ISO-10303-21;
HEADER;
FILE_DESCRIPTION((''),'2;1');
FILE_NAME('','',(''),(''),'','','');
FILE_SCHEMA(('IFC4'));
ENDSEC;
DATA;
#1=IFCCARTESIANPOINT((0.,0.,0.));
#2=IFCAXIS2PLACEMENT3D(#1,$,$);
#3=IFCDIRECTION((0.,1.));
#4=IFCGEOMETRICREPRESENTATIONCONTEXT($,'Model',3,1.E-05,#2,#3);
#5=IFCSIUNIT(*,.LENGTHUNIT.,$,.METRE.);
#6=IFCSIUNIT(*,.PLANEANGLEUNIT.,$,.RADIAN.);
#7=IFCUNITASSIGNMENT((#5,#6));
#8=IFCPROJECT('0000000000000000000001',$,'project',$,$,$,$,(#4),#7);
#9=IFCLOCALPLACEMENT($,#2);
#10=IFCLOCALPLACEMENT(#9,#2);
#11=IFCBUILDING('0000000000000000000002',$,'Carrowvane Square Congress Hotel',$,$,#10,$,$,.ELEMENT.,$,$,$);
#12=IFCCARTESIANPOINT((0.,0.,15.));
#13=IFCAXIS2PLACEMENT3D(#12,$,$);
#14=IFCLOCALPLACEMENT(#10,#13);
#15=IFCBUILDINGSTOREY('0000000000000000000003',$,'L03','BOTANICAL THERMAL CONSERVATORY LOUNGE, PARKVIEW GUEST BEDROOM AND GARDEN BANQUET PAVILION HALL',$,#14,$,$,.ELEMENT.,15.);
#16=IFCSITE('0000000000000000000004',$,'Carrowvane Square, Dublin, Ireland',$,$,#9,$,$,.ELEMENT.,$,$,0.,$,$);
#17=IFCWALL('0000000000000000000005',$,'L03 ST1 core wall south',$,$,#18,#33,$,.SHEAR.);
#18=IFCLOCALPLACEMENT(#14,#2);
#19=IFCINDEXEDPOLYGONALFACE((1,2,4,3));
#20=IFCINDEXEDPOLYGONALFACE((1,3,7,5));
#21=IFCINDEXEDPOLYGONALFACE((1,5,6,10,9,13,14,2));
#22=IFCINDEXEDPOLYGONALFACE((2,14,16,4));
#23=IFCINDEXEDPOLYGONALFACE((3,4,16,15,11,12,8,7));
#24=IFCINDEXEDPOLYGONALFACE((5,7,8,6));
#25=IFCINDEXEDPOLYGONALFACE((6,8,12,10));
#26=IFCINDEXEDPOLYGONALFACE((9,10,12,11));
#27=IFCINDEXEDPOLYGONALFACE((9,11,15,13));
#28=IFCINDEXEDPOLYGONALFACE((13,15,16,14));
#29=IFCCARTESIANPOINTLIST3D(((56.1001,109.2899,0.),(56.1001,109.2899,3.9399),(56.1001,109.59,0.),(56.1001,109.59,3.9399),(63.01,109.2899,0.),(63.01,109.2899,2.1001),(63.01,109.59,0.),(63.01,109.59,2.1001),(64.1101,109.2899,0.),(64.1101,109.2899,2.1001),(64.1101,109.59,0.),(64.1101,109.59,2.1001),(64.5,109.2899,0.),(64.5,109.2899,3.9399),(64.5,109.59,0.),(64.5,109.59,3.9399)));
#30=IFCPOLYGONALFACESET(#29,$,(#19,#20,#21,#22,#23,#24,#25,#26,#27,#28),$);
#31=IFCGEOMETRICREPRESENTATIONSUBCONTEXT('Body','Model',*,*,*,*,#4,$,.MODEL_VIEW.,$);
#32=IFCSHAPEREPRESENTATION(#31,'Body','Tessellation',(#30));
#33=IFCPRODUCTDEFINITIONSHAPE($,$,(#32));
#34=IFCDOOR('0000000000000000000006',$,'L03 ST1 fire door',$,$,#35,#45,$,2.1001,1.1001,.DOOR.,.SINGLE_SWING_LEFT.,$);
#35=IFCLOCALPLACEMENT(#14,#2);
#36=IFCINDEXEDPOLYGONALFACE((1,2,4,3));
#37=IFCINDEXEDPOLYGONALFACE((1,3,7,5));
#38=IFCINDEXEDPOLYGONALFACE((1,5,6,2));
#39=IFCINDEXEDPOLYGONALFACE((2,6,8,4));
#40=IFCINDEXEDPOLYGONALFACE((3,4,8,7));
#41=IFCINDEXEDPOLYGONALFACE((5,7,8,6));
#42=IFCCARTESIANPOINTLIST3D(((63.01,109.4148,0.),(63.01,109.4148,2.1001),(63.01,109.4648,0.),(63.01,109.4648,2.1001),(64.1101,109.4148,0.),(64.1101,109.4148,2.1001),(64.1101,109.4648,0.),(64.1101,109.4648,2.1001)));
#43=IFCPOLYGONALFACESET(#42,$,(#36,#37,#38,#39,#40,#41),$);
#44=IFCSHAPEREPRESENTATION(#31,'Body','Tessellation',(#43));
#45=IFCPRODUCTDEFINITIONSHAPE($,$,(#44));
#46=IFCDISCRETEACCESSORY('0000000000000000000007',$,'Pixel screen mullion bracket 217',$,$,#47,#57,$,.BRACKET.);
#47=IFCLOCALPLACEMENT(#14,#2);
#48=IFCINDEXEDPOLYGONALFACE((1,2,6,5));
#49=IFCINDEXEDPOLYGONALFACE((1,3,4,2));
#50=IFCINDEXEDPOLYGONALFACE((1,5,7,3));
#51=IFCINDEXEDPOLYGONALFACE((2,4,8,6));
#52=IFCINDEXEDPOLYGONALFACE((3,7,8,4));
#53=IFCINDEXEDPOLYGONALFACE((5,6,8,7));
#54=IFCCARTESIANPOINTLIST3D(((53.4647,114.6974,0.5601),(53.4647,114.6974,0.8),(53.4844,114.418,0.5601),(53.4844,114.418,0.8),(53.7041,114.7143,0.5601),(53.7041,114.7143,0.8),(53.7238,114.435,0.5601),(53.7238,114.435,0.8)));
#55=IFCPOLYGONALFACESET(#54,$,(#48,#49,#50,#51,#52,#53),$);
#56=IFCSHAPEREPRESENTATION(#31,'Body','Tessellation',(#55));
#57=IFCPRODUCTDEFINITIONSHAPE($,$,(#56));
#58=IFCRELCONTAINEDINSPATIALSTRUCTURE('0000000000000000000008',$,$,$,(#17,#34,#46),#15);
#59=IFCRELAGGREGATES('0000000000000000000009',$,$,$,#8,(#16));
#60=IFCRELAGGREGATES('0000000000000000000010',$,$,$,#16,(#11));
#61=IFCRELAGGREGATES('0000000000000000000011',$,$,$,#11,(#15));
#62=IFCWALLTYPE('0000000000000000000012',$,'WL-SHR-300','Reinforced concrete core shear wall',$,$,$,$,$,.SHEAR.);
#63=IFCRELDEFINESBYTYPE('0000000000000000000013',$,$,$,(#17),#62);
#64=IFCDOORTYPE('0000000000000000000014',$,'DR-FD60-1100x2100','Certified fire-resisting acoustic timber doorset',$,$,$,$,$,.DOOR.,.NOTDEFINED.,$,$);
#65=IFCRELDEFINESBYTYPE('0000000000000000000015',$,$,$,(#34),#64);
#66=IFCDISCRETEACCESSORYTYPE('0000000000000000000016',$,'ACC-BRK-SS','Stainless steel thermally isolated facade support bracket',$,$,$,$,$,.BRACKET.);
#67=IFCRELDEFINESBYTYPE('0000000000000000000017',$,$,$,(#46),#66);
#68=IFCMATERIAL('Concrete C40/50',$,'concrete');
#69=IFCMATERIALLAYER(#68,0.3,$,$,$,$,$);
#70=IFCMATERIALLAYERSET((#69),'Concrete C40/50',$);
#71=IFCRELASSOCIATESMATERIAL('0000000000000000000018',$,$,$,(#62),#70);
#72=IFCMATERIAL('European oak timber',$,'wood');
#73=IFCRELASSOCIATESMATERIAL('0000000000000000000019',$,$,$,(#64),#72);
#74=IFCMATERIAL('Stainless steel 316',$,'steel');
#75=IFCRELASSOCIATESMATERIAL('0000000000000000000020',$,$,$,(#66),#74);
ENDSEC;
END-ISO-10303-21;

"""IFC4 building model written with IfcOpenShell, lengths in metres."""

from ifc_helpers import new_model, si_unit, direction, frame, frame_2d, origin, origin_2d, place, context, subcontext, project, spatial, rectangle, extrude, material, layer, layer_set, type_object, element, fill, save


model = new_model("IFC4")

# Units and contexts
model_context = context("Model", 3, precision=1e-05, world=origin(), true_north=direction((0.0, 1.0)))
body_context = subcontext(model_context, "Body", "Model", "MODEL_VIEW")
ifc_project = project(units=[si_unit("LENGTHUNIT", "METRE"), si_unit("PLANEANGLEUNIT", "RADIAN")], contexts=[model_context])

# Site, building, storey
site_placement = place(None, origin())
site = spatial("IfcSite", under=ifc_project, at=site_placement, Name="Carrowvane Square, Dublin, Ireland", CompositionType="ELEMENT", RefElevation=0.0)
building_placement = place(site_placement, origin())
building = spatial("IfcBuilding", under=site, at=building_placement, Name="Carrowvane Square Congress Hotel", CompositionType="ELEMENT")
storey_placement = place(building_placement, frame((0.0, 0.0, 15.0)))
storey = spatial("IfcBuildingStorey", under=building, at=storey_placement, Name="L03", Description="BOTANICAL THERMAL CONSERVATORY LOUNGE, PARKVIEW GUEST BEDROOM AND GARDEN BANQUET PAVILION HALL", CompositionType="ELEMENT", Elevation=15.0)

# Wall, opening, door
ifc_material_1 = material(Name="Concrete C40/50", Category="concrete")
ifc_layer_1 = layer(ifc_material_1, 0.3)
ifc_layer_set_1 = layer_set([ifc_layer_1], Name="Concrete C40/50")
wall_type_1 = type_object("IfcWallType", Name="WL-SHR-300", Description="Reinforced concrete core shear wall", PredefinedType="SHEAR", material=ifc_layer_set_1)
wall_1_placement = place(storey_placement, frame((56.1001, 109.4399, 0.0), z_axis=(0.0, 0.0, 1.0), x_axis=(1.0, 0.0, 0.0)))
wall_1 = element("IfcWall", 1, at=wall_1_placement, inside=storey, type_object=wall_type_1, Name="L03 ST1 core wall south", PredefinedType="SHEAR", context=body_context, shape_type="SweptSolid", body=[
    extrude(rectangle(XDim=8.3999, YDim=0.3, at=frame_2d((4.2, 0.0))), origin(), (0.0, 0.0, 1.0), 3.9399),
])
opening_placement = place(wall_1_placement, frame((6.9099, 0.0, 0.0)))
opening = element("IfcOpeningElement", 2, at=opening_placement, cuts=wall_1, PredefinedType="OPENING", context=body_context, shape_type="SweptSolid", body=[
    extrude(rectangle(XDim=1.1001, YDim=2.1001, at=frame_2d((0.55, 1.05))), frame((0.0, 0.1599, 0.0), z_axis=(0.0, -1.0, 0.0), x_axis=(1.0, 0.0, 0.0)), (0.0, 0.0, 1.0), 0.3201),
])
ifc_material_2 = material(Name="European oak timber", Category="wood")
door_type = type_object("IfcDoorType", Name="DR-FD60-1100x2100", Description="Certified fire-resisting acoustic timber doorset", OperationType="NOTDEFINED", PredefinedType="DOOR", material=ifc_material_2)
door_placement = place(opening_placement, origin())
door = element("IfcDoor", 3, at=door_placement, inside=storey, type_object=door_type, Name="L03 ST1 fire door", OperationType="SINGLE_SWING_LEFT", OverallHeight=2.1001, OverallWidth=1.1001, PredefinedType="DOOR", context=body_context, shape_type="SweptSolid", body=[
    extrude(rectangle(XDim=1.1001, YDim=2.1001, at=frame_2d((0.55, 1.05))), frame((0.0, 0.0249, 0.0), z_axis=(0.0, -1.0, 0.0), x_axis=(1.0, 0.0, 0.0)), (0.0, 0.0, 1.0), 0.05),
])
fill(opening, door)

# Discrete accessory
ifc_material_3 = material(Name="Stainless steel 316", Category="steel")
discrete_accessory_type = type_object("IfcDiscreteAccessoryType", Name="ACC-BRK-SS", Description="Stainless steel thermally isolated facade support bracket", PredefinedType="BRACKET", material=ifc_material_3)
discrete_accessory_placement = place(storey_placement, frame((53.5942, 114.5662, 0.5601), z_axis=(0.0, 0.0, 1.0), x_axis=(0.997506, 0.070585, 0.0)))
element("IfcDiscreteAccessory", 4, at=discrete_accessory_placement, inside=storey, type_object=discrete_accessory_type, Name="Pixel screen mullion bracket 217", PredefinedType="BRACKET", context=body_context, shape_type="SweptSolid", body=[
    extrude(rectangle(XDim=0.24, YDim=0.28, at=origin_2d()), origin(), (0.0, 0.0, 1.0), 0.24),
])

save(model, "model.ifc")
